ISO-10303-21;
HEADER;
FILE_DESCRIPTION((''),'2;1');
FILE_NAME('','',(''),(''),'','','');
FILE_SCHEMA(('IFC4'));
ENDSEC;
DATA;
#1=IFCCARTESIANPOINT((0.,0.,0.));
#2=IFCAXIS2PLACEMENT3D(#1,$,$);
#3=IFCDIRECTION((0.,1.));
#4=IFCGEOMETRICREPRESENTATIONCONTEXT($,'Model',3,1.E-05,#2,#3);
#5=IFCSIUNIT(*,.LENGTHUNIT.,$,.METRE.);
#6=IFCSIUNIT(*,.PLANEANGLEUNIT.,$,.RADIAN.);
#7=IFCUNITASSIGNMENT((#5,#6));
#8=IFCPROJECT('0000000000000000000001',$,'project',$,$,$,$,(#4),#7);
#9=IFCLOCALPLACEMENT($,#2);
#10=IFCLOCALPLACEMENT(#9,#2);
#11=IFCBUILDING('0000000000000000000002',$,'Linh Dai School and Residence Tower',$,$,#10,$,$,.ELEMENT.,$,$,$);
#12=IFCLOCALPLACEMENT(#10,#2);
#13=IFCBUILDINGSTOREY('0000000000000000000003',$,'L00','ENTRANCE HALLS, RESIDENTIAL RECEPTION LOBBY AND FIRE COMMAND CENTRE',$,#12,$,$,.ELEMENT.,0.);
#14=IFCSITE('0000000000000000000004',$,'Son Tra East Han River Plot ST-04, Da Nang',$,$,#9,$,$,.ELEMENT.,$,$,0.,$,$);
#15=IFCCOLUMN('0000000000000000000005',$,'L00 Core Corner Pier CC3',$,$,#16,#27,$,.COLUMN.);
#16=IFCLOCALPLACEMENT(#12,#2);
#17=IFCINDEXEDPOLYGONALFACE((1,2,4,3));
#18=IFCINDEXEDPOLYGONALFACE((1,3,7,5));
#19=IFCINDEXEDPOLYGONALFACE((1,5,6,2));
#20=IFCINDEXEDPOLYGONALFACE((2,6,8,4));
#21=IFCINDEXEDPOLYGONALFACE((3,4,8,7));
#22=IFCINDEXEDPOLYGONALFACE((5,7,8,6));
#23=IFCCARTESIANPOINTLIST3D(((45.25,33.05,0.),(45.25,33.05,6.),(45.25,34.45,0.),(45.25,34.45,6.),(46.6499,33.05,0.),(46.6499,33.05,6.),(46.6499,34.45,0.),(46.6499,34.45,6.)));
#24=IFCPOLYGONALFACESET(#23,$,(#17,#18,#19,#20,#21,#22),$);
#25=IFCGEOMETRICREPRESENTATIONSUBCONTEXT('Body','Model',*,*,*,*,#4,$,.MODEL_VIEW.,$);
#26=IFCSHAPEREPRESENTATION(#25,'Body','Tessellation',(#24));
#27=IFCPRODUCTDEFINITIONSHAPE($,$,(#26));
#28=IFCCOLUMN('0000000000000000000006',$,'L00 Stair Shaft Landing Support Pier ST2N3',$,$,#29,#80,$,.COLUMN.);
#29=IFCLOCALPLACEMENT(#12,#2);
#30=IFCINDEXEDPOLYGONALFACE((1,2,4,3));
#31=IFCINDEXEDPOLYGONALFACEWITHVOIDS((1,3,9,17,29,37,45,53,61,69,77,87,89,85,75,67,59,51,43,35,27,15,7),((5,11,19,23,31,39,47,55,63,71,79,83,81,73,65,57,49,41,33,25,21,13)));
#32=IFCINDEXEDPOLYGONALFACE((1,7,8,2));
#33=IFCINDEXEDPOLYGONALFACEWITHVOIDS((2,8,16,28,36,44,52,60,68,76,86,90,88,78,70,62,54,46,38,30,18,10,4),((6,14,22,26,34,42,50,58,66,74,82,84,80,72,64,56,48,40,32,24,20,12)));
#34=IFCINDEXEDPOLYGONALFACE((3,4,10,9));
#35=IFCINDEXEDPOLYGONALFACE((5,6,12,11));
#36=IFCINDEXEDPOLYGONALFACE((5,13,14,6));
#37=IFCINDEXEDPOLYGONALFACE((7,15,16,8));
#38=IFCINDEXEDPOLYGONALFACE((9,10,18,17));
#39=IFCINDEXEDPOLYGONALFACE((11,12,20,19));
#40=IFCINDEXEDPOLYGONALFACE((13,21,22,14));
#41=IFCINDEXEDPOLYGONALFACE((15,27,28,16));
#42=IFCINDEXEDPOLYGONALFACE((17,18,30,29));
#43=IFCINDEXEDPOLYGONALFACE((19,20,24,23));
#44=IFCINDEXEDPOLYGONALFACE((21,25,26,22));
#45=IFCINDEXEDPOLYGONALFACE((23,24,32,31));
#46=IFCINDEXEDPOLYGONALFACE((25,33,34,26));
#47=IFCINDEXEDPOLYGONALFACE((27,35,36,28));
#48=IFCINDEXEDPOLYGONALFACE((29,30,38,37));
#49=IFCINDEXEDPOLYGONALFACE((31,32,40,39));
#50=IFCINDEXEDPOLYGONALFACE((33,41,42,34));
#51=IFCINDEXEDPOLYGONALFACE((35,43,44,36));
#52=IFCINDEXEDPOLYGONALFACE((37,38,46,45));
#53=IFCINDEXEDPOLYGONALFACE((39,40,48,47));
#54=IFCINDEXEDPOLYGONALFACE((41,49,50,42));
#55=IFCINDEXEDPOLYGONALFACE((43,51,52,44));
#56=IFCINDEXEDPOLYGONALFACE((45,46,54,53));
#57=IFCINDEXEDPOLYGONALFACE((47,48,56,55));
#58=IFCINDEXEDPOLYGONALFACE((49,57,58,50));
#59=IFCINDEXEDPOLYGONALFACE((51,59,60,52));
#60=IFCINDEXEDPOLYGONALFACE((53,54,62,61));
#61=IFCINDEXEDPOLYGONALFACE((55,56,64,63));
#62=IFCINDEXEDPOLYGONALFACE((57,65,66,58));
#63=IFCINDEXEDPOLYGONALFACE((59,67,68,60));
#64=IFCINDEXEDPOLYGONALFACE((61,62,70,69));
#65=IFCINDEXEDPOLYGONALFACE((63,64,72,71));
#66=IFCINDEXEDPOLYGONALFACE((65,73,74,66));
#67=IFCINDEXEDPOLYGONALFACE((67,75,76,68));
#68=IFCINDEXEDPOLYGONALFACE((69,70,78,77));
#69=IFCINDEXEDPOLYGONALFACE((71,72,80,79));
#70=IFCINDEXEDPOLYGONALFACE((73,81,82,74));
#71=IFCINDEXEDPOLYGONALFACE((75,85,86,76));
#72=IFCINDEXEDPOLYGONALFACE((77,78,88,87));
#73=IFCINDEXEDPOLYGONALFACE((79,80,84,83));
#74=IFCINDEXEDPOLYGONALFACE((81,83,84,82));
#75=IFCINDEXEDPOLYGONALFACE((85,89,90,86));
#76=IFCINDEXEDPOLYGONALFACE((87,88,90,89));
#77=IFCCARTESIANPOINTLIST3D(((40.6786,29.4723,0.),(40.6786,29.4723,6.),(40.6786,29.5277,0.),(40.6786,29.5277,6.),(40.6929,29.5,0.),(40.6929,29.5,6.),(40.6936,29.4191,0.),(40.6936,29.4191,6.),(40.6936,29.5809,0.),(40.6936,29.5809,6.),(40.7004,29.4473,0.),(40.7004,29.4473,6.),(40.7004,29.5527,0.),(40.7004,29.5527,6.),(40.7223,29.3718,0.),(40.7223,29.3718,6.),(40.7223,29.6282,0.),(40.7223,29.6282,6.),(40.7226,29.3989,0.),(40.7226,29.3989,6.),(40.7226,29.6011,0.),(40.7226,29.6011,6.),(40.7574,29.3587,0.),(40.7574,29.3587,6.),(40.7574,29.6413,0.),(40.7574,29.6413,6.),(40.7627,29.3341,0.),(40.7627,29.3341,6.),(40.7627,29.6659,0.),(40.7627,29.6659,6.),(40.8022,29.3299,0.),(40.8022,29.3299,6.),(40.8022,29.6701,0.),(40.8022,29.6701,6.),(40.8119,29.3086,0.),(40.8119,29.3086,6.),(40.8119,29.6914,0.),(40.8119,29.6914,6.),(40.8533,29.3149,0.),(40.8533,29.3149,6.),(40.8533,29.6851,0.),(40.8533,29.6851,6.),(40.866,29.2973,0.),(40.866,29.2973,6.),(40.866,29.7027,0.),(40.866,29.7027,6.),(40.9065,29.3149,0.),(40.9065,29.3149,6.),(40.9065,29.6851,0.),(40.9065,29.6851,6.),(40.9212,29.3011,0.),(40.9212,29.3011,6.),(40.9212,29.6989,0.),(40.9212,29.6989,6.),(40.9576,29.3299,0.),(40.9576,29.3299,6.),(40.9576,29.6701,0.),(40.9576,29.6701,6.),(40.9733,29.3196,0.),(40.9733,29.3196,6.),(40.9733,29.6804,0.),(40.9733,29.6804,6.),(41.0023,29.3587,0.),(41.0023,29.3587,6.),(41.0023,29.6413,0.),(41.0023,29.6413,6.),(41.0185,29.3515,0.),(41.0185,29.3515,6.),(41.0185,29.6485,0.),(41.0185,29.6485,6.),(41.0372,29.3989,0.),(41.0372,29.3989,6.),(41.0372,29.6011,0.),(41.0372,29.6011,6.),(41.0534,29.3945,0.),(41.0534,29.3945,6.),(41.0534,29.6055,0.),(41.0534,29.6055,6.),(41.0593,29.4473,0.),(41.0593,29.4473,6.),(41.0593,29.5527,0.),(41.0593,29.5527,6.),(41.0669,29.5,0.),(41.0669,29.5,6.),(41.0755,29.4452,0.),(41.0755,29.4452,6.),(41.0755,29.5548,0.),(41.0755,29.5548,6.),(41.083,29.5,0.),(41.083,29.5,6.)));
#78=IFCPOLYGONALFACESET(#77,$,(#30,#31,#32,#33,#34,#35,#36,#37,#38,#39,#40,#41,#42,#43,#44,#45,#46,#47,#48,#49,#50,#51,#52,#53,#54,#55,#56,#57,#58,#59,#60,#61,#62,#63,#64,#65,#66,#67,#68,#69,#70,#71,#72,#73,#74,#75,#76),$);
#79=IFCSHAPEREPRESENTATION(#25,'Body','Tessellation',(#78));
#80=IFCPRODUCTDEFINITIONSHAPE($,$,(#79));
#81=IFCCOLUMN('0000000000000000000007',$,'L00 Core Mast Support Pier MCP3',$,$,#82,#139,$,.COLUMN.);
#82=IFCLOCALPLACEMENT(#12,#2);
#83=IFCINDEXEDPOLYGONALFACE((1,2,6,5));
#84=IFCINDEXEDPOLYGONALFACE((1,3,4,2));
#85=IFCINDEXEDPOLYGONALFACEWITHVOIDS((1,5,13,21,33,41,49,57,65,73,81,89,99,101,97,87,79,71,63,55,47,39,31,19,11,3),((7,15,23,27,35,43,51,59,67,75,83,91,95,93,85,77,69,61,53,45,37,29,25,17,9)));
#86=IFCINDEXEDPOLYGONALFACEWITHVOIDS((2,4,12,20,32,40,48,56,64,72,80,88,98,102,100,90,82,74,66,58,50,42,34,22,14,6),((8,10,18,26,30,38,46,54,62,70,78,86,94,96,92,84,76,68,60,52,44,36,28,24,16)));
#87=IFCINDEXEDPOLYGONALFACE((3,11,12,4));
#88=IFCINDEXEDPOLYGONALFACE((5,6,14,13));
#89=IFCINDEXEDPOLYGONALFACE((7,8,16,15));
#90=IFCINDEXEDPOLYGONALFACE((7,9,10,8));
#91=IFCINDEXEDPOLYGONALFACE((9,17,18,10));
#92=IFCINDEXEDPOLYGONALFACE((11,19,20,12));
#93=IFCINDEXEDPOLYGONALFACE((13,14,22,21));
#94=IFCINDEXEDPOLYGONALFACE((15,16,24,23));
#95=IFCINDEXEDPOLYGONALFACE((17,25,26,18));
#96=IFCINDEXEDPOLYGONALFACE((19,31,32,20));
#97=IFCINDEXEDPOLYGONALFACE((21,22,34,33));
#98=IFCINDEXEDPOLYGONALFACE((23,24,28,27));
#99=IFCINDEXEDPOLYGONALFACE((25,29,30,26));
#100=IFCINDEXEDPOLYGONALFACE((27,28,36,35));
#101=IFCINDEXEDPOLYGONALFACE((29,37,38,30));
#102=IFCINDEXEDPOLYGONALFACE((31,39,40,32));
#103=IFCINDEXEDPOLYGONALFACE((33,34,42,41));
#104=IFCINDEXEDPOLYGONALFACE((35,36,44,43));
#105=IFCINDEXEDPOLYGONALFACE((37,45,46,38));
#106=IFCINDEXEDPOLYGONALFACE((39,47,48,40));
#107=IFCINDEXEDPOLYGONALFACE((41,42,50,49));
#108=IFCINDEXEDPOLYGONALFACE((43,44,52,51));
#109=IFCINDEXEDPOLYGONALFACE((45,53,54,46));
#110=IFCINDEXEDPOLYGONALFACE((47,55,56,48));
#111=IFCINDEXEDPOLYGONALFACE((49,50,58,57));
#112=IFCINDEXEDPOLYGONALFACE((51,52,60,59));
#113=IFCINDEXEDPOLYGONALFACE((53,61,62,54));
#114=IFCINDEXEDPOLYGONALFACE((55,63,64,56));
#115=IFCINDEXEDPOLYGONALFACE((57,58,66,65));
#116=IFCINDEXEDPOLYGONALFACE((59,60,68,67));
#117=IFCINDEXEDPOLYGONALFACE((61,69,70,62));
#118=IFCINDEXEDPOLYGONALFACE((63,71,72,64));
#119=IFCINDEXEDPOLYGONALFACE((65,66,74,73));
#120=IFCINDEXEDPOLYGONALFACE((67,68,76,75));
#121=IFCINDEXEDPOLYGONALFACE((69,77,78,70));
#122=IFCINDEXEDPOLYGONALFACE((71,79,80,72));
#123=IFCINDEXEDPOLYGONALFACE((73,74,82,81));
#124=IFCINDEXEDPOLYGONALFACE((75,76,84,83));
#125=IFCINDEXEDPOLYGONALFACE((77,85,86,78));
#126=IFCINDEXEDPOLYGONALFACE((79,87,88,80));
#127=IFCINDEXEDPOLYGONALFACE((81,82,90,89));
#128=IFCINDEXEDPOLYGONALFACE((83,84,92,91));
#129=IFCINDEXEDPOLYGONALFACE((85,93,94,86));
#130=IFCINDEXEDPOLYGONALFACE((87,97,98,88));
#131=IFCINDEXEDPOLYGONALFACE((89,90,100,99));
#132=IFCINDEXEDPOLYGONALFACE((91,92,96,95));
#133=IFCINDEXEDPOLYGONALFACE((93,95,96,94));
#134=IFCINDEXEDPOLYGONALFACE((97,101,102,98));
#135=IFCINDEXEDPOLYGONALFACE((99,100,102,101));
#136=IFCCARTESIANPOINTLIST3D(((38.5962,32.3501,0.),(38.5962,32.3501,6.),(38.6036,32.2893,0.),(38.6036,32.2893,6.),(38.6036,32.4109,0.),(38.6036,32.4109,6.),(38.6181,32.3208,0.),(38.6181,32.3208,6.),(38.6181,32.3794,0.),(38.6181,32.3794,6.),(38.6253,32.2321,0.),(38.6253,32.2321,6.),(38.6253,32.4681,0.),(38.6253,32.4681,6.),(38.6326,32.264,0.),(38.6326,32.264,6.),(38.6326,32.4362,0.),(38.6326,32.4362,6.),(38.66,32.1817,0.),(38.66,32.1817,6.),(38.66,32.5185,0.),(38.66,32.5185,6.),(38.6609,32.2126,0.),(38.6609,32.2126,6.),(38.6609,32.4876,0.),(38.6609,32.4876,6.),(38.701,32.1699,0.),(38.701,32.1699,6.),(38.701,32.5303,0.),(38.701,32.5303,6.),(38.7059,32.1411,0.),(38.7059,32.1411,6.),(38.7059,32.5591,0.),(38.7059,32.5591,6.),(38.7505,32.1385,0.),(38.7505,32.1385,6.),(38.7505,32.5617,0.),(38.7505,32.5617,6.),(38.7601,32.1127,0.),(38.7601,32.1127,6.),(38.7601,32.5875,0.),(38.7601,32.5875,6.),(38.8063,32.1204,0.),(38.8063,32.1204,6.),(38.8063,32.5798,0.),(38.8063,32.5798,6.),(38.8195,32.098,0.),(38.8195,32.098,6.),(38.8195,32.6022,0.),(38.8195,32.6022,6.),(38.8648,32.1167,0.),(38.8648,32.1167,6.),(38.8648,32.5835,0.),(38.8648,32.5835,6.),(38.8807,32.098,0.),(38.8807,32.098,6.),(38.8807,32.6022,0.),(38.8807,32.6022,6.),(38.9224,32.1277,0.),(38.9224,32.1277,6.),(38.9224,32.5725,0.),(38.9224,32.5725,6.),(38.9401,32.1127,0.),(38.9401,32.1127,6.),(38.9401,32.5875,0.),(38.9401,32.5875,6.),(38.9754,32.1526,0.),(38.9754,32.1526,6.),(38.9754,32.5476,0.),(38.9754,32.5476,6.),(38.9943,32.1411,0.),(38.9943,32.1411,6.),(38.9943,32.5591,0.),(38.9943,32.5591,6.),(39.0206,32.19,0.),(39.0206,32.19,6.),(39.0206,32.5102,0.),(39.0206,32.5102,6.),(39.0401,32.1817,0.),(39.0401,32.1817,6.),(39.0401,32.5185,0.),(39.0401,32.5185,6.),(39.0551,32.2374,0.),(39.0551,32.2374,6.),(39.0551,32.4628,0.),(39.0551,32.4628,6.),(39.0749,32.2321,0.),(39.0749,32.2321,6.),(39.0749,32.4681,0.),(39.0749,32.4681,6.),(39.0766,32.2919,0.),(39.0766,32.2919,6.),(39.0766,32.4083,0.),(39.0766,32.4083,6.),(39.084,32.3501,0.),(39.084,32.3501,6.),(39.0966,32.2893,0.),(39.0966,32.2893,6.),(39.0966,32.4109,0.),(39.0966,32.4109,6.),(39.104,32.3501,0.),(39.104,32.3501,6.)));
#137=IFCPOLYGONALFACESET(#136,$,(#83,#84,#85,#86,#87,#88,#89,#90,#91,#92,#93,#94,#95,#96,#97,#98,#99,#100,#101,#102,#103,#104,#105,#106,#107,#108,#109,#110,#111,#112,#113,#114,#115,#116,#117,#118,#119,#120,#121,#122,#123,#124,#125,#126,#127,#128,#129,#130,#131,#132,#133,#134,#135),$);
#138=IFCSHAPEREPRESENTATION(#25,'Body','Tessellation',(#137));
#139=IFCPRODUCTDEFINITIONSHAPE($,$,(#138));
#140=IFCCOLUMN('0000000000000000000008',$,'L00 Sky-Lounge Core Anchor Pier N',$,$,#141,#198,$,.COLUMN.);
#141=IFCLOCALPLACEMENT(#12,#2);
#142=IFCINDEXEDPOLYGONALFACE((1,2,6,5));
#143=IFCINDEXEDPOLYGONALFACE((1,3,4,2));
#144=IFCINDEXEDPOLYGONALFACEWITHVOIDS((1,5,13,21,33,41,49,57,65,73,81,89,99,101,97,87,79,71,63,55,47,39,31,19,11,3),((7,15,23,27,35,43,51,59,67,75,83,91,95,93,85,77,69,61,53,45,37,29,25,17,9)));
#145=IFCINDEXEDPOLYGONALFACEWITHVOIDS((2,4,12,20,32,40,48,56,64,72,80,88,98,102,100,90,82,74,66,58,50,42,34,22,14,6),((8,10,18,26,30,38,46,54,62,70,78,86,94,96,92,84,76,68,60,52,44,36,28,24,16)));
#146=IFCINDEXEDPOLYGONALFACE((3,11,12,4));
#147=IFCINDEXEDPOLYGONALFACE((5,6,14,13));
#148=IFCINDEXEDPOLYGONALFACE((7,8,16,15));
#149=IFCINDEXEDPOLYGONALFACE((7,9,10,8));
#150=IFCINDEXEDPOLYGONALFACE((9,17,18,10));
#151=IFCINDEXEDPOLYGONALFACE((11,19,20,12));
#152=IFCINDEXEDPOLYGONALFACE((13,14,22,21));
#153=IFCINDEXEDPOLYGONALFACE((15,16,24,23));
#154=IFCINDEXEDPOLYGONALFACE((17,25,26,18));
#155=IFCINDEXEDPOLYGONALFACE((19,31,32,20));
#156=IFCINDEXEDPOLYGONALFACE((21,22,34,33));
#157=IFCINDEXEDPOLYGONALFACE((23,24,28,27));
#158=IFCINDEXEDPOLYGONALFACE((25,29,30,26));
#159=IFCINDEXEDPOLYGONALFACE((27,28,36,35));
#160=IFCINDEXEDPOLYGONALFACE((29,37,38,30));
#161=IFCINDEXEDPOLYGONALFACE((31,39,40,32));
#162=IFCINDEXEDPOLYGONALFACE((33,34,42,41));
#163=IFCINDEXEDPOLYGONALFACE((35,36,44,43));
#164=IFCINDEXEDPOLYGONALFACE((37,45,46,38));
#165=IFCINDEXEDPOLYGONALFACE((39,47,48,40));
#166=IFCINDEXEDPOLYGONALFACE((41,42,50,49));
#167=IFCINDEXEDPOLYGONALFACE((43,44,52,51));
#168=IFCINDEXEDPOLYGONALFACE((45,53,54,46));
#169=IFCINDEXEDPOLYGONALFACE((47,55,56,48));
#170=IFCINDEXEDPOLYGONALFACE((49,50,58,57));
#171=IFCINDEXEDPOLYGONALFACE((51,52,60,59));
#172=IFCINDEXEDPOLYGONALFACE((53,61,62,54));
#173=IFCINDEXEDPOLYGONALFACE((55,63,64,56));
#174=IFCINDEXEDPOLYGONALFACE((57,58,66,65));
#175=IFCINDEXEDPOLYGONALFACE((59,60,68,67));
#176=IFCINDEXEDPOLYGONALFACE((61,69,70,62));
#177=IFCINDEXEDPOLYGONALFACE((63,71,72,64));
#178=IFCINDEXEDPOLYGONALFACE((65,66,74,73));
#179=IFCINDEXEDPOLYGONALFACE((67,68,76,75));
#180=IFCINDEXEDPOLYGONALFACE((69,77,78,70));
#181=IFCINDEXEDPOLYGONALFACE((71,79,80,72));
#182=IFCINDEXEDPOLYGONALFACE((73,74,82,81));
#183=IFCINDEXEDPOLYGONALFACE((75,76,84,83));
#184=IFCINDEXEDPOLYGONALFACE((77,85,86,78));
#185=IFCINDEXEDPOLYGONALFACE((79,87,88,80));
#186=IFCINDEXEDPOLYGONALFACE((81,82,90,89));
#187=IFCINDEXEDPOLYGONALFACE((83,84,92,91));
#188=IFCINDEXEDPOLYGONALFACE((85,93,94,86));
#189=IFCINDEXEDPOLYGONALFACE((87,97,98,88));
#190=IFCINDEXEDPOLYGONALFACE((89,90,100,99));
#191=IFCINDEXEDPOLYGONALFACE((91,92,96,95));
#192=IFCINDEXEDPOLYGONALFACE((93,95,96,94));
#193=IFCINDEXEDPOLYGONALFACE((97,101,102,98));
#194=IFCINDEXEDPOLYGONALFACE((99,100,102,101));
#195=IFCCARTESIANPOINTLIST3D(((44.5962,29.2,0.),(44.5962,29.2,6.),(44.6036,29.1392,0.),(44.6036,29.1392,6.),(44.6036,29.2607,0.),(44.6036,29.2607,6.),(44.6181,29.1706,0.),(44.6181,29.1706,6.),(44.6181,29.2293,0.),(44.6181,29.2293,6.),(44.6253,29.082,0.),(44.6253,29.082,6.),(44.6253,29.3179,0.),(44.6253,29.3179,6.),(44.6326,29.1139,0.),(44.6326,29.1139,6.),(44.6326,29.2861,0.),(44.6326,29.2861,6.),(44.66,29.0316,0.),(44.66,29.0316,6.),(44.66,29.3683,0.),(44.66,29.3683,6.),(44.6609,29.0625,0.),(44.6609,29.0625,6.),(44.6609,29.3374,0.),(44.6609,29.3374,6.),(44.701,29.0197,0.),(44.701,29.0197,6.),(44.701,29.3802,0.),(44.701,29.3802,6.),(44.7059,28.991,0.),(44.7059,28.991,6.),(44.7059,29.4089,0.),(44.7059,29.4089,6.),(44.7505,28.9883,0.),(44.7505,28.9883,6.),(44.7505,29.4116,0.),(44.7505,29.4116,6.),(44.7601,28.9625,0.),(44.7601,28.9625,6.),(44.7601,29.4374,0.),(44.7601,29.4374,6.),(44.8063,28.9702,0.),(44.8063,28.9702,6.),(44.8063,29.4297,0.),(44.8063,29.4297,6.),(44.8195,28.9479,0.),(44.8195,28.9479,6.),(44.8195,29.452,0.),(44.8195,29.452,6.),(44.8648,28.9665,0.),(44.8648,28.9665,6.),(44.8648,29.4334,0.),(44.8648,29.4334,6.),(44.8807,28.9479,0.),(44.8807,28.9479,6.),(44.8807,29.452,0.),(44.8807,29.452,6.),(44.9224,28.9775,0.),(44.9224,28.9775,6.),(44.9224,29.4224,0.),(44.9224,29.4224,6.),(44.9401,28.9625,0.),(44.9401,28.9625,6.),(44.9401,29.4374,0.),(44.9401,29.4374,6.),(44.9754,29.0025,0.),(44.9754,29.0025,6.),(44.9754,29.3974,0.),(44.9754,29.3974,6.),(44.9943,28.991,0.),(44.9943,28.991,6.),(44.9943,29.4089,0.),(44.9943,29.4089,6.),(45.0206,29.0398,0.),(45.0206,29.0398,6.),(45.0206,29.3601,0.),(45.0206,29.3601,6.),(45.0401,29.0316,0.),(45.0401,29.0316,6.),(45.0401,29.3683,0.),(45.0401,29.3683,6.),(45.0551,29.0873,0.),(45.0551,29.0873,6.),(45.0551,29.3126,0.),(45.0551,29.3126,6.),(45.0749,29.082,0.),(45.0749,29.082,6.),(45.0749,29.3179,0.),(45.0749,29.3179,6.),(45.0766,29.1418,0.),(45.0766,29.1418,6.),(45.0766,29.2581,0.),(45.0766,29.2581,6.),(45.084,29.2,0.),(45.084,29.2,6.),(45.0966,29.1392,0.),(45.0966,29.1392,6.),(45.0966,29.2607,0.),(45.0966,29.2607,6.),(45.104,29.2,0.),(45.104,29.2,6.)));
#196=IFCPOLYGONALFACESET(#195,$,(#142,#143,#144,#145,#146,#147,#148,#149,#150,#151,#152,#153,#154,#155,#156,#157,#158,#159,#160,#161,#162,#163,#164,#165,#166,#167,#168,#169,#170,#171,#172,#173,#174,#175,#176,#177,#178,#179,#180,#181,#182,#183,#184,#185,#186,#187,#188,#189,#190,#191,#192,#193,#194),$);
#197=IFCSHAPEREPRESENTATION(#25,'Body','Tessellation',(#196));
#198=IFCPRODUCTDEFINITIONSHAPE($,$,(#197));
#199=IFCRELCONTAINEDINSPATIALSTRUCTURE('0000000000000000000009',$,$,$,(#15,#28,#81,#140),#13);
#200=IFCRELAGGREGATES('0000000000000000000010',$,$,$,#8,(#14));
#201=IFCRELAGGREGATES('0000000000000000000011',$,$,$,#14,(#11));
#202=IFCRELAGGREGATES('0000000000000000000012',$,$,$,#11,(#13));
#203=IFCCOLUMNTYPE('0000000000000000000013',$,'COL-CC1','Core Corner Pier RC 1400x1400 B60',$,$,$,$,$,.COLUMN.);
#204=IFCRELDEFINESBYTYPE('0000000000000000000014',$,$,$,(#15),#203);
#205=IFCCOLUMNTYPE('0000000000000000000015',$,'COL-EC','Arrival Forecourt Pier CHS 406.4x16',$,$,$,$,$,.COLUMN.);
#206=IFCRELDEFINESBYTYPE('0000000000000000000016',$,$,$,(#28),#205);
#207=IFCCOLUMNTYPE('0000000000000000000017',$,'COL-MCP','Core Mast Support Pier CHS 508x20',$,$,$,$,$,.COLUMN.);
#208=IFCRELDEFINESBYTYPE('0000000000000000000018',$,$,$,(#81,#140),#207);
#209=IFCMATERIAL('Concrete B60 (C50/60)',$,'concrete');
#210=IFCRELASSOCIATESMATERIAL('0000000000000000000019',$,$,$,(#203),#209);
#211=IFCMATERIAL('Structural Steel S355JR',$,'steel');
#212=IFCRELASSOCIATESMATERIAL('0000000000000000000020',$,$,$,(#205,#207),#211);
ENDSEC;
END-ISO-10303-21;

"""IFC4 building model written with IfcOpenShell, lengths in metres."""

from ifc_helpers import new_model, si_unit, direction, frame, origin, origin_2d, place, context, subcontext, project, spatial, rectangle, hollow_circle, extrude, material, material_profile, profile_set, type_object, element, save


model = new_model("IFC4")

# Units and contexts
model_context = context("Model", 3, precision=1e-05, world=origin(), true_north=direction((0.0, 1.0)))
body_context = subcontext(model_context, "Body", "Model", "MODEL_VIEW")
ifc_project = project(units=[si_unit("LENGTHUNIT", "METRE"), si_unit("PLANEANGLEUNIT", "RADIAN")], contexts=[model_context])

# Site, building, storey
site_placement = place(None, origin())
site = spatial("IfcSite", under=ifc_project, at=site_placement, Name="Son Tra East Han River Plot ST-04, Da Nang", CompositionType="ELEMENT", RefElevation=0.0)
building_placement = place(site_placement, origin())
building = spatial("IfcBuilding", under=site, at=building_placement, Name="Linh Dai School and Residence Tower", CompositionType="ELEMENT")
storey_placement = place(building_placement, origin())
storey = spatial("IfcBuildingStorey", under=building, at=storey_placement, Name="L00", Description="ENTRANCE HALLS, RESIDENTIAL RECEPTION LOBBY AND FIRE COMMAND CENTRE", CompositionType="ELEMENT", Elevation=0.0)

# Columns
ifc_material_1 = material(Name="Concrete B60 (C50/60)", Category="concrete")
ifc_material_profile_1 = material_profile(ifc_material_1, rectangle(XDim=1.3999, YDim=1.3999, at=origin_2d()), Name="RC 1400x1400")
ifc_profile_set_1 = profile_set([ifc_material_profile_1], Name="Concrete B60 (C50/60)")
column_type_1 = type_object("IfcColumnType", Name="COL-CC1", Description="Core Corner Pier RC 1400x1400 B60", PredefinedType="COLUMN", material=ifc_profile_set_1)
column_1_placement = place(storey_placement, frame((45.95, 33.75, 0.0), z_axis=(0.0, 0.0, 1.0), x_axis=(1.0, 0.0, 0.0)))
element("IfcColumn", 1, at=column_1_placement, inside=storey, type_object=column_type_1, Name="L00 Core Corner Pier CC3", PredefinedType="COLUMN", context=body_context, shape_type="SweptSolid", body=[
    extrude(rectangle(XDim=1.3999, YDim=1.3999, at=origin_2d()), origin(), (0.0, 0.0, 1.0), 6.0),
])
ifc_material_2 = material(Name="Structural Steel S355JR", Category="steel")
ifc_material_profile_2 = material_profile(ifc_material_2, hollow_circle(Radius=0.2031, WallThickness=0.0161, at=origin_2d()), Name="CHS 406.4x16")
ifc_profile_set_2 = profile_set([ifc_material_profile_2], Name="Structural Steel S355JR")
column_type_2 = type_object("IfcColumnType", Name="COL-EC", Description="Arrival Forecourt Pier CHS 406.4x16", PredefinedType="COLUMN", material=ifc_profile_set_2)
column_2_placement = place(storey_placement, frame((40.8799, 29.5, 0.0), z_axis=(0.0, 0.0, 1.0), x_axis=(1.0, 0.0, 0.0)))
element("IfcColumn", 2, at=column_2_placement, inside=storey, type_object=column_type_2, Name="L00 Stair Shaft Landing Support Pier ST2N3", PredefinedType="COLUMN", context=body_context, shape_type="SweptSolid", body=[
    extrude(hollow_circle(Radius=0.2031, WallThickness=0.0161, at=origin_2d()), origin(), (0.0, 0.0, 1.0), 6.0),
])
ifc_material_profile_3 = material_profile(ifc_material_2, hollow_circle(Radius=0.2539, WallThickness=0.02, at=origin_2d()), Name="CHS 508x20")
ifc_profile_set_3 = profile_set([ifc_material_profile_3], Name="Structural Steel S355JR")
column_type_3 = type_object("IfcColumnType", Name="COL-MCP", Description="Core Mast Support Pier CHS 508x20", PredefinedType="COLUMN", material=ifc_profile_set_3)
for number, where, z_axis, x_axis, name in (
    (3, (38.8501, 32.3501, 0.0), (0.0, 0.0, 1.0), (1.0, 0.0, 0.0), "L00 Core Mast Support Pier MCP3"),
    (4, (44.8501, 29.2, 0.0), (0.0, 0.0, 1.0), (1.0, 0.0, 0.0), "L00 Sky-Lounge Core Anchor Pier N"),
):
    element("IfcColumn", number, at=place(storey_placement, frame(where, z_axis=z_axis, x_axis=x_axis)), inside=storey, type_object=column_type_3, Name=name, PredefinedType="COLUMN", context=body_context, shape_type="SweptSolid", body=[
        extrude(hollow_circle(Radius=0.2539, WallThickness=0.02, at=origin_2d()), origin(), (0.0, 0.0, 1.0), 6.0),
    ])

save(model, "model.ifc")
